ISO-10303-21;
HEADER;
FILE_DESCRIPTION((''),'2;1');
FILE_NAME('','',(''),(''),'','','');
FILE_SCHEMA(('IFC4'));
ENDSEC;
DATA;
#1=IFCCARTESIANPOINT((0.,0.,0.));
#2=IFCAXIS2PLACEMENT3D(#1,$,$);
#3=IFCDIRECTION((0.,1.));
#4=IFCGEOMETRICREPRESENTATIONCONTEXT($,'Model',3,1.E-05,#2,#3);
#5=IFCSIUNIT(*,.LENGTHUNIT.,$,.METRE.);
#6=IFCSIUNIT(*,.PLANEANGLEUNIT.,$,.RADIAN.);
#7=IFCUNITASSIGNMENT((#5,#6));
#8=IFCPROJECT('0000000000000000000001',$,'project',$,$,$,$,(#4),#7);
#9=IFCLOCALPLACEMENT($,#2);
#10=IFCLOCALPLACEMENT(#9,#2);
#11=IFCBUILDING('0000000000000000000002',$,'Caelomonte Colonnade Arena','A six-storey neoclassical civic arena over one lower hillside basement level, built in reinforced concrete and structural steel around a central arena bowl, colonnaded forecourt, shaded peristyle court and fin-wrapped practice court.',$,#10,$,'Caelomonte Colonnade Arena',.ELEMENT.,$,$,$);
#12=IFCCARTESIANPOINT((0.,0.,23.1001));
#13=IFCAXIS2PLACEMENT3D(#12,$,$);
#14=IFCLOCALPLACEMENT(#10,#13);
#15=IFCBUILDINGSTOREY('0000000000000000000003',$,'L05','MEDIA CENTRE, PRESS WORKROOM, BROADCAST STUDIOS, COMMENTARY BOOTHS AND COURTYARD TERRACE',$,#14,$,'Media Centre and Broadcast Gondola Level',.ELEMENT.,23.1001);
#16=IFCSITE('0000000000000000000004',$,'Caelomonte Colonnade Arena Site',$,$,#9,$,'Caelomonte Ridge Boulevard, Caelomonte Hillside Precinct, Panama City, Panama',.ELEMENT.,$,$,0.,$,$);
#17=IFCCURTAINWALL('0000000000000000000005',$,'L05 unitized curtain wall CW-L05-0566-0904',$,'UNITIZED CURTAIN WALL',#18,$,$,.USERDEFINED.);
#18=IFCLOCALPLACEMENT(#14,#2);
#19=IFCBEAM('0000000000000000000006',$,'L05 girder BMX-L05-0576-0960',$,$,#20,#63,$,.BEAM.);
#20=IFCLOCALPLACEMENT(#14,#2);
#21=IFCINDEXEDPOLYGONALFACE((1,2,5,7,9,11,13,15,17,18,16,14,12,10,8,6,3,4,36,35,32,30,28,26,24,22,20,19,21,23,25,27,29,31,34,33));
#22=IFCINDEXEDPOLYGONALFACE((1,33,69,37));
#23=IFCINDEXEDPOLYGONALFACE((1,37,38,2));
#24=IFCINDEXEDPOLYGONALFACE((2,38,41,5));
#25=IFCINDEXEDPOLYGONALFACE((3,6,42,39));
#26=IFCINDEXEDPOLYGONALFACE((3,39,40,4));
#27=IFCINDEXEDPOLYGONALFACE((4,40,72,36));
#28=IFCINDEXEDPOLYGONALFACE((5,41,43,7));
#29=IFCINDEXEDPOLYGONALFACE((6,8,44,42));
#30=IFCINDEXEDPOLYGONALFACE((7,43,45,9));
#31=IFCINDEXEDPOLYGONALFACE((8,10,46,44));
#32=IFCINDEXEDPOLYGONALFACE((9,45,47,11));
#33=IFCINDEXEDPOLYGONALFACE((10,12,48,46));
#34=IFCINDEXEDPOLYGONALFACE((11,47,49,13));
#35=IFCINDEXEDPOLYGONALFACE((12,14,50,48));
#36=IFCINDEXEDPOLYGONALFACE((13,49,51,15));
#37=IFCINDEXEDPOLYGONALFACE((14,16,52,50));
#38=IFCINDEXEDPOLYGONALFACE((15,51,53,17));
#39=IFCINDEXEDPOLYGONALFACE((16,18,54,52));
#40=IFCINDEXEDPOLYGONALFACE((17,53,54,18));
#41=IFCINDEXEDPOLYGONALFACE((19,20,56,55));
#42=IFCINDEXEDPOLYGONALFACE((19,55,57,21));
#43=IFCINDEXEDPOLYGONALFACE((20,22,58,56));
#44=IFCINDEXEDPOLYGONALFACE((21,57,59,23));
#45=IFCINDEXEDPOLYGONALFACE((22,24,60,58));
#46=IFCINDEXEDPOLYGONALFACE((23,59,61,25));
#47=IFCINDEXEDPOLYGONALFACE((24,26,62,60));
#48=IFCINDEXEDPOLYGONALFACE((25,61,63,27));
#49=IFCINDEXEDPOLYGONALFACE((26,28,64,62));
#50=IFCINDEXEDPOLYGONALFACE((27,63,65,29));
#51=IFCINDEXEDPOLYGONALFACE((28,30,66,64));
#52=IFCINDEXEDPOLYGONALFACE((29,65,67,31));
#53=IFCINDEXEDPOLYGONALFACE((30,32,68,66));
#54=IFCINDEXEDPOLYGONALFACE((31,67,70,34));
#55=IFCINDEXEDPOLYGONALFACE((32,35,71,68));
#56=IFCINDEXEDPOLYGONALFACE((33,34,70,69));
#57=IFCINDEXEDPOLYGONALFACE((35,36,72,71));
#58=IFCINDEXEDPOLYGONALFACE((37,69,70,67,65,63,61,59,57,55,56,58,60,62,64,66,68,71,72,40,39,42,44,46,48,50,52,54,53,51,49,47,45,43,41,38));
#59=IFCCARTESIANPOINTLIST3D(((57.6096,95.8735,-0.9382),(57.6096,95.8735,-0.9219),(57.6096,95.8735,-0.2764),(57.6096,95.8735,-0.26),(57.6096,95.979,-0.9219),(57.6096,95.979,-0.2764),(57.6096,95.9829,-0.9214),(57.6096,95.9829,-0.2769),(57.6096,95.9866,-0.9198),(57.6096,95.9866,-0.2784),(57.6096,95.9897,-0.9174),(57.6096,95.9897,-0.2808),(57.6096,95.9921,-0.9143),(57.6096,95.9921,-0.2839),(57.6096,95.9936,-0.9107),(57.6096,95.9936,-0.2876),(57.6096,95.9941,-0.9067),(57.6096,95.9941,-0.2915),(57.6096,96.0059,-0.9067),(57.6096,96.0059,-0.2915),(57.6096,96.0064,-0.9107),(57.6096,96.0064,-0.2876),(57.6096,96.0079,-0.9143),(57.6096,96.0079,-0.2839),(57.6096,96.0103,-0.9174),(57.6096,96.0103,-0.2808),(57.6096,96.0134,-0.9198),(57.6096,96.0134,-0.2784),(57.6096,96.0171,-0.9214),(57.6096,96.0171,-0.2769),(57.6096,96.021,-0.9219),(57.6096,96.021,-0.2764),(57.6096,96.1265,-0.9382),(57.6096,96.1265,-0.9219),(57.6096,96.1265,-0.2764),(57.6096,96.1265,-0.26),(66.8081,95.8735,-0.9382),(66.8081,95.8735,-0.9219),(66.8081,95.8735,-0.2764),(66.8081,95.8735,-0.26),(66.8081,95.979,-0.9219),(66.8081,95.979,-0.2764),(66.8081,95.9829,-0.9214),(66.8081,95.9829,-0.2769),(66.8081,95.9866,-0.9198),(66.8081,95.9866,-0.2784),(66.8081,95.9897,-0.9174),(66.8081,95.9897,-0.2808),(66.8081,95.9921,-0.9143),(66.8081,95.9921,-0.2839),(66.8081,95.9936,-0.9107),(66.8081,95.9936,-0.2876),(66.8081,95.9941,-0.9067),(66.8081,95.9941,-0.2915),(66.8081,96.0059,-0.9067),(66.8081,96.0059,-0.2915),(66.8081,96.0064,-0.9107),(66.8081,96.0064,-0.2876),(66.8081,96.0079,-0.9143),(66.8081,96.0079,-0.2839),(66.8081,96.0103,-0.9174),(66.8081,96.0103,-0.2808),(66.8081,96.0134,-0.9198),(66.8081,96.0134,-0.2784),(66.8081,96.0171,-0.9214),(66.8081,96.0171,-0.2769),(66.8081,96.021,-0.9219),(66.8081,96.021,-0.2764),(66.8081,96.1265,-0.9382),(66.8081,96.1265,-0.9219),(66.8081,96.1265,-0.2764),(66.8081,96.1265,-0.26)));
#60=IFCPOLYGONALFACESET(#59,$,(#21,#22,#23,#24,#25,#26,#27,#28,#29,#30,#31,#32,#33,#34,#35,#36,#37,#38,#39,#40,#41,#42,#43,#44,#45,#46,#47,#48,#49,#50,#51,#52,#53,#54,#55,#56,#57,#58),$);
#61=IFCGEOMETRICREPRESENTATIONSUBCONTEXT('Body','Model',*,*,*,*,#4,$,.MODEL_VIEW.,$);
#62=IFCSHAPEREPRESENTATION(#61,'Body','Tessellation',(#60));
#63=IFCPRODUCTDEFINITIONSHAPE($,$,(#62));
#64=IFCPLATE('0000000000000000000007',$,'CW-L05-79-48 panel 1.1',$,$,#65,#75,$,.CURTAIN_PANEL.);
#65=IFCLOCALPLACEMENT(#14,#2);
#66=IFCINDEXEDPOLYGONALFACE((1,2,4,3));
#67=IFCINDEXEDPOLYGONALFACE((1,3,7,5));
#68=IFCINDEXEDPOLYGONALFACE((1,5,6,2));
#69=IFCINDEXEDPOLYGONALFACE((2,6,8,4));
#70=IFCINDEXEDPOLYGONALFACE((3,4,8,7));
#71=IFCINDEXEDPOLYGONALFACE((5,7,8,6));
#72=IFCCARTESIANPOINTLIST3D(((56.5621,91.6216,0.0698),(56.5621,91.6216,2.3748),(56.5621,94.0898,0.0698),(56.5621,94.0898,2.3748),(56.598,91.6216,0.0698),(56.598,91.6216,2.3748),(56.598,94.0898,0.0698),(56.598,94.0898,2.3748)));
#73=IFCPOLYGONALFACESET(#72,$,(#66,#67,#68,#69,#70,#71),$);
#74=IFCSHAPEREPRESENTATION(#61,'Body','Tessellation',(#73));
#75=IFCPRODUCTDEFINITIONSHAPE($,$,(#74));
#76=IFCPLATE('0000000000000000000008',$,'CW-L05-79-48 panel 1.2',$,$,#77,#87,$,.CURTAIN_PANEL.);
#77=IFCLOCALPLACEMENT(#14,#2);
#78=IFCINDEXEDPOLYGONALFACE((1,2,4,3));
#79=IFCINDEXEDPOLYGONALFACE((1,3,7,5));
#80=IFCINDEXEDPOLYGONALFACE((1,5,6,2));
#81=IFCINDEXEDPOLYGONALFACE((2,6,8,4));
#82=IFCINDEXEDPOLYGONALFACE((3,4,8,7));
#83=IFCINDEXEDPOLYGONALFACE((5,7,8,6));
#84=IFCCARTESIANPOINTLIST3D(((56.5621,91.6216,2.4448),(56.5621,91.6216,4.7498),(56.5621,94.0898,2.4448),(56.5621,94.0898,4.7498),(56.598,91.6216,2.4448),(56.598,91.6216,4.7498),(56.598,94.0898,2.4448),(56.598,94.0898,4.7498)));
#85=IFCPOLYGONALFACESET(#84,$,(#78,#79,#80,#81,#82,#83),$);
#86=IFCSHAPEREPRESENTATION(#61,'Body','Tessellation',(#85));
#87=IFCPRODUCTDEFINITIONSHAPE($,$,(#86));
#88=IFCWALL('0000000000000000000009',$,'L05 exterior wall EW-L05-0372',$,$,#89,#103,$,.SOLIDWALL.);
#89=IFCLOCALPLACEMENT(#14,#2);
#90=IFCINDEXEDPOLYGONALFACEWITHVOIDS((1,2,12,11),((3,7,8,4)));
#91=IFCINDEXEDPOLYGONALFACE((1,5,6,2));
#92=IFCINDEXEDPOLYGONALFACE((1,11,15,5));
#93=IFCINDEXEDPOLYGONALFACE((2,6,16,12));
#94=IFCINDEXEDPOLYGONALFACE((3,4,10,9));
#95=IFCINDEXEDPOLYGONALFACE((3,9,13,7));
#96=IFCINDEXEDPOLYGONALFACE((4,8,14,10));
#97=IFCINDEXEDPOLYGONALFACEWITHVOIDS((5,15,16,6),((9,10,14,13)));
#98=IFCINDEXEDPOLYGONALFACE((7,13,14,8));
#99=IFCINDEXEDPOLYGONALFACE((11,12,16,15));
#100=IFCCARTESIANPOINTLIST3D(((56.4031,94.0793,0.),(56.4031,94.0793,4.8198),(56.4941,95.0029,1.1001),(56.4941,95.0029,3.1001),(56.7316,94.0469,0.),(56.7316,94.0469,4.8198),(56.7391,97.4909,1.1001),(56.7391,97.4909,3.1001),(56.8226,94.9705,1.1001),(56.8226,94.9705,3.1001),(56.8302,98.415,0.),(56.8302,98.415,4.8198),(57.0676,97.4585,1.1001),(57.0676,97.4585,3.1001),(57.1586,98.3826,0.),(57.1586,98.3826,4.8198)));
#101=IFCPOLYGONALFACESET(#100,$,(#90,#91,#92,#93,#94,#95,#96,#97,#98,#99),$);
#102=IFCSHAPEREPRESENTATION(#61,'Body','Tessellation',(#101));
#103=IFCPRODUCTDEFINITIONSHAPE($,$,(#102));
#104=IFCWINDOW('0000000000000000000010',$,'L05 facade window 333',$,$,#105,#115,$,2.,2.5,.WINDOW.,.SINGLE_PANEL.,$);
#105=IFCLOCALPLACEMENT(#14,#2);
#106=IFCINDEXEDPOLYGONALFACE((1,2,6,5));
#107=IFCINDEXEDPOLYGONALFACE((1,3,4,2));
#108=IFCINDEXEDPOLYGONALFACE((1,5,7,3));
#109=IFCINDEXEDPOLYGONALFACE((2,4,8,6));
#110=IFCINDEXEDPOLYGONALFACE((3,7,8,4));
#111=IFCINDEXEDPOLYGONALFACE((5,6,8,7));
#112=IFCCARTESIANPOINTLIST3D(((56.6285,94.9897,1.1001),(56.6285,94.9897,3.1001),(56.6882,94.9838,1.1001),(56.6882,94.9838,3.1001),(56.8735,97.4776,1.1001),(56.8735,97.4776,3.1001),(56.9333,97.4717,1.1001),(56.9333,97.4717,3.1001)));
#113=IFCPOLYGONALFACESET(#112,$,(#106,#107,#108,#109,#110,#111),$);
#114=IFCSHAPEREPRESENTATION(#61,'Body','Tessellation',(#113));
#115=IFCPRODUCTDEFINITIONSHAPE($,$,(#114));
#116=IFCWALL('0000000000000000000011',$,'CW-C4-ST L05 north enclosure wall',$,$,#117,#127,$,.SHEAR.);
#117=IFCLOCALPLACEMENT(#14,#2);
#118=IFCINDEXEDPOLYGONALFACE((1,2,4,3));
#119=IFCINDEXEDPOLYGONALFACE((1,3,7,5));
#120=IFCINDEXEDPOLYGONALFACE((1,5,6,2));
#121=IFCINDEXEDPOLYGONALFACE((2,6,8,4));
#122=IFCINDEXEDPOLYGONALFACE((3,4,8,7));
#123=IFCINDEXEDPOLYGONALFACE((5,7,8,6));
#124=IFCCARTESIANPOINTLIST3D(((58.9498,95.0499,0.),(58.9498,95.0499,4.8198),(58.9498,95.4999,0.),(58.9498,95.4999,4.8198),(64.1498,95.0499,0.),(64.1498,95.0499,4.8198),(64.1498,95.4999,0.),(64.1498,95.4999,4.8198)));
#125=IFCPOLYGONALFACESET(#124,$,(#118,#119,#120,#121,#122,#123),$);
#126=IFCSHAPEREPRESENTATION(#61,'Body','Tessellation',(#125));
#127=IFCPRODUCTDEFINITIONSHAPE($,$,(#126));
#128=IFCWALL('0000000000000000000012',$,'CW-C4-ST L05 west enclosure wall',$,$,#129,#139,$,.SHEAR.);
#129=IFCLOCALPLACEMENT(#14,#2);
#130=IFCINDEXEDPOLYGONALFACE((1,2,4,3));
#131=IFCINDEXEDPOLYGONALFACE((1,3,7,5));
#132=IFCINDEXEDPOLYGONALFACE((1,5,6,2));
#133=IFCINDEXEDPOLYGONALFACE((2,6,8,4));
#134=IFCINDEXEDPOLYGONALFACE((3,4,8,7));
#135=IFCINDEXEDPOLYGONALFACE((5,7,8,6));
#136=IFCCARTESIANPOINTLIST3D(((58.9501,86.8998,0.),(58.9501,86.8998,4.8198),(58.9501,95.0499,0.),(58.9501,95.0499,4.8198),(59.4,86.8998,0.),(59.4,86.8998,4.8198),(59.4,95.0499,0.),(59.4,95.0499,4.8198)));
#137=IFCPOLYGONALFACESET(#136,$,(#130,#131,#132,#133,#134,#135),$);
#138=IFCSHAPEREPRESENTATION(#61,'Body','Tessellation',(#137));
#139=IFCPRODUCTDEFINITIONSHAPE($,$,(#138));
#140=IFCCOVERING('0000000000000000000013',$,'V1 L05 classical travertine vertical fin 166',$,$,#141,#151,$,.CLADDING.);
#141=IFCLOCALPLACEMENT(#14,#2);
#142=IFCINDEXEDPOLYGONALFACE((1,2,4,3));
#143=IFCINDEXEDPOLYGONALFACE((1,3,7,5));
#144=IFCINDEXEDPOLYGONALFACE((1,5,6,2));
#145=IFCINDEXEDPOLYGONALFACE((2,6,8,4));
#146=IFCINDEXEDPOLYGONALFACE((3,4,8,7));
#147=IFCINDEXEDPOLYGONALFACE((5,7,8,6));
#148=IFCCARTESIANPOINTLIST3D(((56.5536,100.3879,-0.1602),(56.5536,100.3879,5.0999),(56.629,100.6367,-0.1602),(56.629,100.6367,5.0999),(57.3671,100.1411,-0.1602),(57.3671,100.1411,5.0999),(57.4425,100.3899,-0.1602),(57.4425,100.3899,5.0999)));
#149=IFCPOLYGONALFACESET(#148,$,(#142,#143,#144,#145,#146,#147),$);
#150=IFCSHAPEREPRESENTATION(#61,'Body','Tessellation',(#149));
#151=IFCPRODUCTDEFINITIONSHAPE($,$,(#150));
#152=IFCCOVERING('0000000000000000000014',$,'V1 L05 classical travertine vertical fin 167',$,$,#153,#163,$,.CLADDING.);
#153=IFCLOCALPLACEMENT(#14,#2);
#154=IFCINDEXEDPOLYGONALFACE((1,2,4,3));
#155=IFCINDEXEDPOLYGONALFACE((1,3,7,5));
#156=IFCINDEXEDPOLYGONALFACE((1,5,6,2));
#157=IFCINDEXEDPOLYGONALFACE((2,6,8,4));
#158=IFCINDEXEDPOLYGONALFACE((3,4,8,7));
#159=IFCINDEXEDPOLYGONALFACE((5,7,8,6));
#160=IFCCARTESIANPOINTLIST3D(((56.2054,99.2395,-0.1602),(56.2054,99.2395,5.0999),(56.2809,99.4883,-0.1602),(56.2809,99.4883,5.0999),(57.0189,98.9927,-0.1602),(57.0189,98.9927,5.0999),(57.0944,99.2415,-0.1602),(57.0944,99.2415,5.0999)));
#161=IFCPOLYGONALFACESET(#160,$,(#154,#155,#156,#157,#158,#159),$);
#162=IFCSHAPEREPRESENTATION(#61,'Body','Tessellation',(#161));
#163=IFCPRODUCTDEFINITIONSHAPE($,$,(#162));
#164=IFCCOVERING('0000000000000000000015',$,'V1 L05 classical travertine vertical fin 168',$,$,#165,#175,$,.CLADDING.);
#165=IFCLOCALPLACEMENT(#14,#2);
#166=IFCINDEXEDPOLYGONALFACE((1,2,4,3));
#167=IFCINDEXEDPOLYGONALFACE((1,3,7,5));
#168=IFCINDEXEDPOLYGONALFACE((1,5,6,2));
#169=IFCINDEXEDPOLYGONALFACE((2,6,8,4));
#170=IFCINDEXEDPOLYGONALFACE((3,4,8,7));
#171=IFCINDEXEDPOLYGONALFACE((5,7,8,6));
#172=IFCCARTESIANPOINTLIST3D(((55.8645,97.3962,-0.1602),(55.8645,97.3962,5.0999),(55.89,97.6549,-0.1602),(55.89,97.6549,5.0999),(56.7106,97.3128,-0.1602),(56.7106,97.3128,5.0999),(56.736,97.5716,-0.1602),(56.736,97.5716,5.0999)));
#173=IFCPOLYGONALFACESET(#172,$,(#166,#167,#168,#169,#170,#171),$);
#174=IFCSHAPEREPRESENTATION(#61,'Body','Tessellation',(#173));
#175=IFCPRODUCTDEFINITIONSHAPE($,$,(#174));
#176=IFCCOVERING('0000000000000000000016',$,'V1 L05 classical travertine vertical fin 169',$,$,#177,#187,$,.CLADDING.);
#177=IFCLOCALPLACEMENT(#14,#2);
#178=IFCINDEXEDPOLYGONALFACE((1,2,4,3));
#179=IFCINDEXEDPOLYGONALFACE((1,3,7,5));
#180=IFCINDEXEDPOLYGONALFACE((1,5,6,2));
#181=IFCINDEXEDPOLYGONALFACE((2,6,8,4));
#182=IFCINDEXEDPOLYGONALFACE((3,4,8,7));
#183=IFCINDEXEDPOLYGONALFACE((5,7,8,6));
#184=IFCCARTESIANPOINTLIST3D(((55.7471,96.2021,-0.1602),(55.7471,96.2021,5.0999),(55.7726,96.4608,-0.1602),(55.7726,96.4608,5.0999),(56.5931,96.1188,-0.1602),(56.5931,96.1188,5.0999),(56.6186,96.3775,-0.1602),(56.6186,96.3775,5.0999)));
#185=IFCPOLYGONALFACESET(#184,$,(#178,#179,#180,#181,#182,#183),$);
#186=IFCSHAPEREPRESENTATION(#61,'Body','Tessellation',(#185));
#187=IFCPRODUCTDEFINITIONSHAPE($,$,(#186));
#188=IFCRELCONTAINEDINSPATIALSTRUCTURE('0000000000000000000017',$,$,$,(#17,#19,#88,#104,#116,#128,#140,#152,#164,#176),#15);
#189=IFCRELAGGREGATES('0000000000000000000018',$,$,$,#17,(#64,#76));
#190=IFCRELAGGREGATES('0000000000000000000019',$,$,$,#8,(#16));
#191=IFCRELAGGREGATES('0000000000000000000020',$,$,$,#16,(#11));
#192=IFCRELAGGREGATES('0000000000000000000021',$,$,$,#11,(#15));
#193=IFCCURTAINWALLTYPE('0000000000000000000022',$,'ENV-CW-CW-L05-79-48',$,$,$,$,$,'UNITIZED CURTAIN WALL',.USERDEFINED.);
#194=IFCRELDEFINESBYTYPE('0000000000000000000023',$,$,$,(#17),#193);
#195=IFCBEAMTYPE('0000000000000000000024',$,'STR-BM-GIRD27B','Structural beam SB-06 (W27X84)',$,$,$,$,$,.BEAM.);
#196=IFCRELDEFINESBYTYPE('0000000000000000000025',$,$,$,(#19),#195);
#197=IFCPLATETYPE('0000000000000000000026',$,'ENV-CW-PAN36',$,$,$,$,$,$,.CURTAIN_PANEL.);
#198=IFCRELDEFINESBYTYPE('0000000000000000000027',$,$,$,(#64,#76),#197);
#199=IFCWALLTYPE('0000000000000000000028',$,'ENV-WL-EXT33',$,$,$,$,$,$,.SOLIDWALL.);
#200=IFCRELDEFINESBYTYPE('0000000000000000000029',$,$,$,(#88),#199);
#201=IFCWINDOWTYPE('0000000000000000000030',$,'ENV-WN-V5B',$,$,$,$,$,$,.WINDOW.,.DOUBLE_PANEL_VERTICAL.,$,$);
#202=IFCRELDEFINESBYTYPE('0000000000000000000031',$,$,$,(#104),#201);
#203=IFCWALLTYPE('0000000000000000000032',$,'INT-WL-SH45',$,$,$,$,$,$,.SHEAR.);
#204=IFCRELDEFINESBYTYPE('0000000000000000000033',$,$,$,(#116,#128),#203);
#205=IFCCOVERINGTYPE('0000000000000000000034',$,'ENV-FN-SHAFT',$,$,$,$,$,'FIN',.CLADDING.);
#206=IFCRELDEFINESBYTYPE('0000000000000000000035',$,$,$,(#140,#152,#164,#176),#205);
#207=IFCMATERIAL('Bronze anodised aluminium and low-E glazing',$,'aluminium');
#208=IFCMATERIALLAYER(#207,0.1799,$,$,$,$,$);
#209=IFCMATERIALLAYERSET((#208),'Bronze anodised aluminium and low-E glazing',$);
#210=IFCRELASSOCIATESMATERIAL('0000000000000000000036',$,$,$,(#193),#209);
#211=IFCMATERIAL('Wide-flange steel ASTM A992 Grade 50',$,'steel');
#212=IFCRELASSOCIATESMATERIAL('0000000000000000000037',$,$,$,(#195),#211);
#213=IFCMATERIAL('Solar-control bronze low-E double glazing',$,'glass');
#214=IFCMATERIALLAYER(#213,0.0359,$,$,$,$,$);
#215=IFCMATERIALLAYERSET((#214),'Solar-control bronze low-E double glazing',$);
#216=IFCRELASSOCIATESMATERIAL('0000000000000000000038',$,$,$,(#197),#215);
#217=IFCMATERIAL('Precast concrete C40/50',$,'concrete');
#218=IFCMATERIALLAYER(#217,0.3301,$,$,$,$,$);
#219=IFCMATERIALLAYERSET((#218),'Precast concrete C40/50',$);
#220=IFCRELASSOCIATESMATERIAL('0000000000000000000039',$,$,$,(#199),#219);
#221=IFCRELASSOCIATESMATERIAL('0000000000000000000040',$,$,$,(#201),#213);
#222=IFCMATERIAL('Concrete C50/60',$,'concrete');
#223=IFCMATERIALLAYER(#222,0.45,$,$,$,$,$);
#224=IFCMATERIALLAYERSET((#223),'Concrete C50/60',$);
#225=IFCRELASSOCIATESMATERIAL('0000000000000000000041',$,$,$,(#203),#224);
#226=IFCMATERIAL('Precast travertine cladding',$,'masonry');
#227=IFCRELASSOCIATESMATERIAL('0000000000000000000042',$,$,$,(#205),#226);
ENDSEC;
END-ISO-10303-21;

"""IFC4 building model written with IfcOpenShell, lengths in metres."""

from ifc_helpers import new_model, si_unit, direction, frame, frame_2d, origin, origin_2d, place, context, subcontext, project, spatial, rectangle, i_section, extrude, material, layer, layer_set, material_profile, profile_set, type_object, element, fill, aggregate, save


model = new_model("IFC4")

# Units and contexts
model_context = context("Model", 3, precision=1e-05, world=origin(), true_north=direction((0.0, 1.0)))
body_context = subcontext(model_context, "Body", "Model", "MODEL_VIEW")
ifc_project = project(units=[si_unit("LENGTHUNIT", "METRE"), si_unit("PLANEANGLEUNIT", "RADIAN")], contexts=[model_context])

# Site, building, storey
site_placement = place(None, origin())
site = spatial("IfcSite", under=ifc_project, at=site_placement, Name="Caelomonte Colonnade Arena Site", LongName="Caelomonte Ridge Boulevard, Caelomonte Hillside Precinct, Panama City, Panama", CompositionType="ELEMENT", RefElevation=0.0)
building_placement = place(site_placement, origin())
building = spatial("IfcBuilding", under=site, at=building_placement, Name="Caelomonte Colonnade Arena", Description="A six-storey neoclassical civic arena over one lower hillside basement level, built in reinforced concrete and structural steel around a central arena bowl, colonnaded forecourt, shaded peristyle court and fin-wrapped practice court.", LongName="Caelomonte Colonnade Arena", CompositionType="ELEMENT")
storey_placement = place(building_placement, frame((0.0, 0.0, 23.1001)))
storey = spatial("IfcBuildingStorey", under=building, at=storey_placement, Name="L05", Description="MEDIA CENTRE, PRESS WORKROOM, BROADCAST STUDIOS, COMMENTARY BOOTHS AND COURTYARD TERRACE", LongName="Media Centre and Broadcast Gondola Level", CompositionType="ELEMENT", Elevation=23.1001)

# Shared definitions
ifc_material_1 = material(Name="Wide-flange steel ASTM A992 Grade 50", Category="steel")

# Curtain wall
ifc_material_2 = material(Name="Bronze anodised aluminium and low-E glazing", Category="aluminium")
ifc_layer_1 = layer(ifc_material_2, 0.1799)
ifc_layer_set_1 = layer_set([ifc_layer_1], Name="Bronze anodised aluminium and low-E glazing")
curtain_wall_type = type_object("IfcCurtainWallType", Name="ENV-CW-CW-L05-79-48", ElementType="UNITIZED CURTAIN WALL", PredefinedType="USERDEFINED", material=ifc_layer_set_1)
curtain_wall_placement = place(storey_placement, origin())
curtain_wall = element("IfcCurtainWall", 1, at=curtain_wall_placement, inside=storey, type_object=curtain_wall_type, Name="L05 unitized curtain wall CW-L05-0566-0904", ObjectType="UNITIZED CURTAIN WALL", PredefinedType="USERDEFINED")

# Beam
ifc_material_profile_1 = material_profile(ifc_material_1, i_section(OverallWidth=0.2529, OverallDepth=0.6782, WebThickness=0.0117, FlangeThickness=0.0164, FilletRadius=0.0151, at=origin_2d()), Name="W27X84")
ifc_profile_set_1 = profile_set([ifc_material_profile_1], Name="Wide-flange steel ASTM A992 Grade 50")
beam_type_1 = type_object("IfcBeamType", Name="STR-BM-GIRD27B", Description="Structural beam SB-06 (W27X84)", PredefinedType="BEAM", material=ifc_profile_set_1)
beam_1_placement = place(storey_placement, frame((57.6096, 96.0, -0.5991), z_axis=(1.0, 0.0, 0.0), x_axis=(0.0, 1.0, 0.0)))
element("IfcBeam", 2, at=beam_1_placement, inside=storey, type_object=beam_type_1, Name="L05 girder BMX-L05-0576-0960", PredefinedType="BEAM", context=body_context, shape_type="SweptSolid", body=[
    extrude(i_section(OverallWidth=0.2529, OverallDepth=0.6782, WebThickness=0.0117, FlangeThickness=0.0164, FilletRadius=0.0151, at=origin_2d()), origin(), (0.0, 0.0, 1.0), 9.1985),
])

# Plates
ifc_material_3 = material(Name="Solar-control bronze low-E double glazing", Category="glass")
ifc_layer_2 = layer(ifc_material_3, 0.0359)
ifc_layer_set_2 = layer_set([ifc_layer_2], Name="Solar-control bronze low-E double glazing")
plate_type = type_object("IfcPlateType", Name="ENV-CW-PAN36", PredefinedType="CURTAIN_PANEL", material=ifc_layer_set_2)
plate_1_placement = place(storey_placement, frame((56.5801, 92.8557, 0.0698), z_axis=(0.0, 0.0, 1.0), x_axis=(0.0, -1.0, 0.0)))
plate_1 = element("IfcPlate", 3, at=plate_1_placement, type_object=plate_type, Name="CW-L05-79-48 panel 1.1", PredefinedType="CURTAIN_PANEL", context=body_context, shape_type="SweptSolid", body=[
    extrude(rectangle(XDim=2.4683, YDim=0.0359, at=origin_2d()), origin(), (0.0, 0.0, 1.0), 2.3049),
])
plate_2_placement = place(storey_placement, frame((56.5801, 92.8557, 2.4448), z_axis=(0.0, 0.0, 1.0), x_axis=(0.0, -1.0, 0.0)))
plate_2 = element("IfcPlate", 4, at=plate_2_placement, type_object=plate_type, Name="CW-L05-79-48 panel 1.2", PredefinedType="CURTAIN_PANEL", context=body_context, shape_type="SweptSolid", body=[
    extrude(rectangle(XDim=2.4683, YDim=0.0359, at=origin_2d()), origin(), (0.0, 0.0, 1.0), 2.3049),
])
aggregate(curtain_wall, [plate_1, plate_2])

# Wall, opening, window
ifc_material_4 = material(Name="Precast concrete C40/50", Category="concrete")
ifc_layer_3 = layer(ifc_material_4, 0.3301)
ifc_layer_set_3 = layer_set([ifc_layer_3], Name="Precast concrete C40/50")
wall_type_1 = type_object("IfcWallType", Name="ENV-WL-EXT33", PredefinedType="SOLIDWALL", material=ifc_layer_set_3)
wall_1_placement = place(storey_placement, frame((56.9944, 98.3987, 0.0), z_axis=(0.0, 0.0, 1.0), x_axis=(-0.098011, -0.995185, 0.0)))
wall_1 = element("IfcWall", 5, at=wall_1_placement, inside=storey, type_object=wall_type_1, Name="L05 exterior wall EW-L05-0372", PredefinedType="SOLIDWALL", context=body_context, shape_type="SweptSolid", body=[
    extrude(rectangle(XDim=4.3567, YDim=0.3301, at=frame_2d((2.1782, 0.0))), origin(), (0.0, 0.0, 1.0), 4.8198),
])
opening_placement = place(wall_1_placement, frame((3.4285, 0.0, 1.1001), z_axis=(0.0, 0.0, 1.0), x_axis=(-1.0, 0.0, 0.0)))
opening = element("IfcOpeningElement", 6, at=opening_placement, cuts=wall_1, PredefinedType="OPENING", context=body_context, shape_type="SweptSolid", body=[
    extrude(rectangle(XDim=2.5, YDim=2.0, at=frame_2d((1.25, 1.0))), frame((0.0, 0.175, 0.0), z_axis=(0.0, -1.0, 0.0), x_axis=(1.0, 0.0, 0.0)), (0.0, 0.0, 1.0), 0.3501),
])
window_type = type_object("IfcWindowType", Name="ENV-WN-V5B", PartitioningType="DOUBLE_PANEL_VERTICAL", PredefinedType="WINDOW", material=ifc_material_3)
window_placement = place(opening_placement, origin())
window = element("IfcWindow", 7, at=window_placement, inside=storey, type_object=window_type, Name="L05 facade window 333", OverallHeight=2.0, OverallWidth=2.5, PartitioningType="SINGLE_PANEL", PredefinedType="WINDOW", context=body_context, shape_type="SweptSolid", body=[
    extrude(rectangle(XDim=2.5, YDim=2.0, at=frame_2d((1.25, 1.0))), frame((0.0, 0.03, 0.0), z_axis=(0.0, -1.0, 0.0), x_axis=(1.0, 0.0, 0.0)), (0.0, 0.0, 1.0), 0.0601),
])
fill(opening, window)

# Walls
ifc_material_5 = material(Name="Concrete C50/60", Category="concrete")
ifc_layer_4 = layer(ifc_material_5, 0.45)
ifc_layer_set_4 = layer_set([ifc_layer_4], Name="Concrete C50/60")
wall_type_2 = type_object("IfcWallType", Name="INT-WL-SH45", PredefinedType="SHEAR", material=ifc_layer_set_4)
wall_2_placement = place(storey_placement, frame((64.1499, 95.2749, 0.0), z_axis=(0.0, 0.0, 1.0), x_axis=(-1.0, 0.0, 0.0)))
element("IfcWall", 8, at=wall_2_placement, inside=storey, type_object=wall_type_2, Name="CW-C4-ST L05 north enclosure wall", PredefinedType="SHEAR", context=body_context, shape_type="SweptSolid", body=[
    extrude(rectangle(XDim=5.2, YDim=0.45, at=frame_2d((2.6001, 0.0))), origin(), (0.0, 0.0, 1.0), 4.8198),
])
wall_3_placement = place(storey_placement, frame((59.175, 95.05, 0.0), z_axis=(0.0, 0.0, 1.0), x_axis=(0.0, -1.0, 0.0)))
element("IfcWall", 9, at=wall_3_placement, inside=storey, type_object=wall_type_2, Name="CW-C4-ST L05 west enclosure wall", PredefinedType="SHEAR", context=body_context, shape_type="SweptSolid", body=[
    extrude(rectangle(XDim=8.1501, YDim=0.45, at=frame_2d((4.0752, 0.0))), origin(), (0.0, 0.0, 1.0), 4.8198),
])

# Coverings
ifc_material_6 = material(Name="Precast travertine cladding", Category="masonry")
ifc_material_profile_2 = material_profile(ifc_material_6, rectangle(XDim=0.26, YDim=0.8501, at=origin_2d()), Name="FIN260X850")
ifc_profile_set_2 = profile_set([ifc_material_profile_2], Name="Precast travertine cladding")
covering_type = type_object("IfcCoveringType", Name="ENV-FN-SHAFT", ElementType="FIN", PredefinedType="CLADDING", material=ifc_profile_set_2)
for number, where, z_axis, x_axis, name in (
    (10, (56.998, 100.3889, -0.1602), (0.0, 0.0, 1.0), (0.290276, 0.956943, 0.0), "V1 L05 classical travertine vertical fin 166"),
    (11, (56.6499, 99.2405, -0.1602), (0.0, 0.0, 1.0), (0.290276, 0.956943, 0.0), "V1 L05 classical travertine vertical fin 167"),
    (12, (56.3003, 97.4839, -0.1602), (0.0, 0.0, 1.0), (0.098015, 0.995185, 0.0), "V1 L05 classical travertine vertical fin 168"),
    (13, (56.1829, 96.2898, -0.1602), (0.0, 0.0, 1.0), (0.098015, 0.995185, 0.0), "V1 L05 classical travertine vertical fin 169"),
):
    element("IfcCovering", number, at=place(storey_placement, frame(where, z_axis=z_axis, x_axis=x_axis)), inside=storey, type_object=covering_type, Name=name, PredefinedType="CLADDING", context=body_context, shape_type="SweptSolid", body=[
        extrude(rectangle(XDim=0.26, YDim=0.8501, at=origin_2d()), origin(), (0.0, 0.0, 1.0), 5.26),
    ])

save(model, "model.ifc")
